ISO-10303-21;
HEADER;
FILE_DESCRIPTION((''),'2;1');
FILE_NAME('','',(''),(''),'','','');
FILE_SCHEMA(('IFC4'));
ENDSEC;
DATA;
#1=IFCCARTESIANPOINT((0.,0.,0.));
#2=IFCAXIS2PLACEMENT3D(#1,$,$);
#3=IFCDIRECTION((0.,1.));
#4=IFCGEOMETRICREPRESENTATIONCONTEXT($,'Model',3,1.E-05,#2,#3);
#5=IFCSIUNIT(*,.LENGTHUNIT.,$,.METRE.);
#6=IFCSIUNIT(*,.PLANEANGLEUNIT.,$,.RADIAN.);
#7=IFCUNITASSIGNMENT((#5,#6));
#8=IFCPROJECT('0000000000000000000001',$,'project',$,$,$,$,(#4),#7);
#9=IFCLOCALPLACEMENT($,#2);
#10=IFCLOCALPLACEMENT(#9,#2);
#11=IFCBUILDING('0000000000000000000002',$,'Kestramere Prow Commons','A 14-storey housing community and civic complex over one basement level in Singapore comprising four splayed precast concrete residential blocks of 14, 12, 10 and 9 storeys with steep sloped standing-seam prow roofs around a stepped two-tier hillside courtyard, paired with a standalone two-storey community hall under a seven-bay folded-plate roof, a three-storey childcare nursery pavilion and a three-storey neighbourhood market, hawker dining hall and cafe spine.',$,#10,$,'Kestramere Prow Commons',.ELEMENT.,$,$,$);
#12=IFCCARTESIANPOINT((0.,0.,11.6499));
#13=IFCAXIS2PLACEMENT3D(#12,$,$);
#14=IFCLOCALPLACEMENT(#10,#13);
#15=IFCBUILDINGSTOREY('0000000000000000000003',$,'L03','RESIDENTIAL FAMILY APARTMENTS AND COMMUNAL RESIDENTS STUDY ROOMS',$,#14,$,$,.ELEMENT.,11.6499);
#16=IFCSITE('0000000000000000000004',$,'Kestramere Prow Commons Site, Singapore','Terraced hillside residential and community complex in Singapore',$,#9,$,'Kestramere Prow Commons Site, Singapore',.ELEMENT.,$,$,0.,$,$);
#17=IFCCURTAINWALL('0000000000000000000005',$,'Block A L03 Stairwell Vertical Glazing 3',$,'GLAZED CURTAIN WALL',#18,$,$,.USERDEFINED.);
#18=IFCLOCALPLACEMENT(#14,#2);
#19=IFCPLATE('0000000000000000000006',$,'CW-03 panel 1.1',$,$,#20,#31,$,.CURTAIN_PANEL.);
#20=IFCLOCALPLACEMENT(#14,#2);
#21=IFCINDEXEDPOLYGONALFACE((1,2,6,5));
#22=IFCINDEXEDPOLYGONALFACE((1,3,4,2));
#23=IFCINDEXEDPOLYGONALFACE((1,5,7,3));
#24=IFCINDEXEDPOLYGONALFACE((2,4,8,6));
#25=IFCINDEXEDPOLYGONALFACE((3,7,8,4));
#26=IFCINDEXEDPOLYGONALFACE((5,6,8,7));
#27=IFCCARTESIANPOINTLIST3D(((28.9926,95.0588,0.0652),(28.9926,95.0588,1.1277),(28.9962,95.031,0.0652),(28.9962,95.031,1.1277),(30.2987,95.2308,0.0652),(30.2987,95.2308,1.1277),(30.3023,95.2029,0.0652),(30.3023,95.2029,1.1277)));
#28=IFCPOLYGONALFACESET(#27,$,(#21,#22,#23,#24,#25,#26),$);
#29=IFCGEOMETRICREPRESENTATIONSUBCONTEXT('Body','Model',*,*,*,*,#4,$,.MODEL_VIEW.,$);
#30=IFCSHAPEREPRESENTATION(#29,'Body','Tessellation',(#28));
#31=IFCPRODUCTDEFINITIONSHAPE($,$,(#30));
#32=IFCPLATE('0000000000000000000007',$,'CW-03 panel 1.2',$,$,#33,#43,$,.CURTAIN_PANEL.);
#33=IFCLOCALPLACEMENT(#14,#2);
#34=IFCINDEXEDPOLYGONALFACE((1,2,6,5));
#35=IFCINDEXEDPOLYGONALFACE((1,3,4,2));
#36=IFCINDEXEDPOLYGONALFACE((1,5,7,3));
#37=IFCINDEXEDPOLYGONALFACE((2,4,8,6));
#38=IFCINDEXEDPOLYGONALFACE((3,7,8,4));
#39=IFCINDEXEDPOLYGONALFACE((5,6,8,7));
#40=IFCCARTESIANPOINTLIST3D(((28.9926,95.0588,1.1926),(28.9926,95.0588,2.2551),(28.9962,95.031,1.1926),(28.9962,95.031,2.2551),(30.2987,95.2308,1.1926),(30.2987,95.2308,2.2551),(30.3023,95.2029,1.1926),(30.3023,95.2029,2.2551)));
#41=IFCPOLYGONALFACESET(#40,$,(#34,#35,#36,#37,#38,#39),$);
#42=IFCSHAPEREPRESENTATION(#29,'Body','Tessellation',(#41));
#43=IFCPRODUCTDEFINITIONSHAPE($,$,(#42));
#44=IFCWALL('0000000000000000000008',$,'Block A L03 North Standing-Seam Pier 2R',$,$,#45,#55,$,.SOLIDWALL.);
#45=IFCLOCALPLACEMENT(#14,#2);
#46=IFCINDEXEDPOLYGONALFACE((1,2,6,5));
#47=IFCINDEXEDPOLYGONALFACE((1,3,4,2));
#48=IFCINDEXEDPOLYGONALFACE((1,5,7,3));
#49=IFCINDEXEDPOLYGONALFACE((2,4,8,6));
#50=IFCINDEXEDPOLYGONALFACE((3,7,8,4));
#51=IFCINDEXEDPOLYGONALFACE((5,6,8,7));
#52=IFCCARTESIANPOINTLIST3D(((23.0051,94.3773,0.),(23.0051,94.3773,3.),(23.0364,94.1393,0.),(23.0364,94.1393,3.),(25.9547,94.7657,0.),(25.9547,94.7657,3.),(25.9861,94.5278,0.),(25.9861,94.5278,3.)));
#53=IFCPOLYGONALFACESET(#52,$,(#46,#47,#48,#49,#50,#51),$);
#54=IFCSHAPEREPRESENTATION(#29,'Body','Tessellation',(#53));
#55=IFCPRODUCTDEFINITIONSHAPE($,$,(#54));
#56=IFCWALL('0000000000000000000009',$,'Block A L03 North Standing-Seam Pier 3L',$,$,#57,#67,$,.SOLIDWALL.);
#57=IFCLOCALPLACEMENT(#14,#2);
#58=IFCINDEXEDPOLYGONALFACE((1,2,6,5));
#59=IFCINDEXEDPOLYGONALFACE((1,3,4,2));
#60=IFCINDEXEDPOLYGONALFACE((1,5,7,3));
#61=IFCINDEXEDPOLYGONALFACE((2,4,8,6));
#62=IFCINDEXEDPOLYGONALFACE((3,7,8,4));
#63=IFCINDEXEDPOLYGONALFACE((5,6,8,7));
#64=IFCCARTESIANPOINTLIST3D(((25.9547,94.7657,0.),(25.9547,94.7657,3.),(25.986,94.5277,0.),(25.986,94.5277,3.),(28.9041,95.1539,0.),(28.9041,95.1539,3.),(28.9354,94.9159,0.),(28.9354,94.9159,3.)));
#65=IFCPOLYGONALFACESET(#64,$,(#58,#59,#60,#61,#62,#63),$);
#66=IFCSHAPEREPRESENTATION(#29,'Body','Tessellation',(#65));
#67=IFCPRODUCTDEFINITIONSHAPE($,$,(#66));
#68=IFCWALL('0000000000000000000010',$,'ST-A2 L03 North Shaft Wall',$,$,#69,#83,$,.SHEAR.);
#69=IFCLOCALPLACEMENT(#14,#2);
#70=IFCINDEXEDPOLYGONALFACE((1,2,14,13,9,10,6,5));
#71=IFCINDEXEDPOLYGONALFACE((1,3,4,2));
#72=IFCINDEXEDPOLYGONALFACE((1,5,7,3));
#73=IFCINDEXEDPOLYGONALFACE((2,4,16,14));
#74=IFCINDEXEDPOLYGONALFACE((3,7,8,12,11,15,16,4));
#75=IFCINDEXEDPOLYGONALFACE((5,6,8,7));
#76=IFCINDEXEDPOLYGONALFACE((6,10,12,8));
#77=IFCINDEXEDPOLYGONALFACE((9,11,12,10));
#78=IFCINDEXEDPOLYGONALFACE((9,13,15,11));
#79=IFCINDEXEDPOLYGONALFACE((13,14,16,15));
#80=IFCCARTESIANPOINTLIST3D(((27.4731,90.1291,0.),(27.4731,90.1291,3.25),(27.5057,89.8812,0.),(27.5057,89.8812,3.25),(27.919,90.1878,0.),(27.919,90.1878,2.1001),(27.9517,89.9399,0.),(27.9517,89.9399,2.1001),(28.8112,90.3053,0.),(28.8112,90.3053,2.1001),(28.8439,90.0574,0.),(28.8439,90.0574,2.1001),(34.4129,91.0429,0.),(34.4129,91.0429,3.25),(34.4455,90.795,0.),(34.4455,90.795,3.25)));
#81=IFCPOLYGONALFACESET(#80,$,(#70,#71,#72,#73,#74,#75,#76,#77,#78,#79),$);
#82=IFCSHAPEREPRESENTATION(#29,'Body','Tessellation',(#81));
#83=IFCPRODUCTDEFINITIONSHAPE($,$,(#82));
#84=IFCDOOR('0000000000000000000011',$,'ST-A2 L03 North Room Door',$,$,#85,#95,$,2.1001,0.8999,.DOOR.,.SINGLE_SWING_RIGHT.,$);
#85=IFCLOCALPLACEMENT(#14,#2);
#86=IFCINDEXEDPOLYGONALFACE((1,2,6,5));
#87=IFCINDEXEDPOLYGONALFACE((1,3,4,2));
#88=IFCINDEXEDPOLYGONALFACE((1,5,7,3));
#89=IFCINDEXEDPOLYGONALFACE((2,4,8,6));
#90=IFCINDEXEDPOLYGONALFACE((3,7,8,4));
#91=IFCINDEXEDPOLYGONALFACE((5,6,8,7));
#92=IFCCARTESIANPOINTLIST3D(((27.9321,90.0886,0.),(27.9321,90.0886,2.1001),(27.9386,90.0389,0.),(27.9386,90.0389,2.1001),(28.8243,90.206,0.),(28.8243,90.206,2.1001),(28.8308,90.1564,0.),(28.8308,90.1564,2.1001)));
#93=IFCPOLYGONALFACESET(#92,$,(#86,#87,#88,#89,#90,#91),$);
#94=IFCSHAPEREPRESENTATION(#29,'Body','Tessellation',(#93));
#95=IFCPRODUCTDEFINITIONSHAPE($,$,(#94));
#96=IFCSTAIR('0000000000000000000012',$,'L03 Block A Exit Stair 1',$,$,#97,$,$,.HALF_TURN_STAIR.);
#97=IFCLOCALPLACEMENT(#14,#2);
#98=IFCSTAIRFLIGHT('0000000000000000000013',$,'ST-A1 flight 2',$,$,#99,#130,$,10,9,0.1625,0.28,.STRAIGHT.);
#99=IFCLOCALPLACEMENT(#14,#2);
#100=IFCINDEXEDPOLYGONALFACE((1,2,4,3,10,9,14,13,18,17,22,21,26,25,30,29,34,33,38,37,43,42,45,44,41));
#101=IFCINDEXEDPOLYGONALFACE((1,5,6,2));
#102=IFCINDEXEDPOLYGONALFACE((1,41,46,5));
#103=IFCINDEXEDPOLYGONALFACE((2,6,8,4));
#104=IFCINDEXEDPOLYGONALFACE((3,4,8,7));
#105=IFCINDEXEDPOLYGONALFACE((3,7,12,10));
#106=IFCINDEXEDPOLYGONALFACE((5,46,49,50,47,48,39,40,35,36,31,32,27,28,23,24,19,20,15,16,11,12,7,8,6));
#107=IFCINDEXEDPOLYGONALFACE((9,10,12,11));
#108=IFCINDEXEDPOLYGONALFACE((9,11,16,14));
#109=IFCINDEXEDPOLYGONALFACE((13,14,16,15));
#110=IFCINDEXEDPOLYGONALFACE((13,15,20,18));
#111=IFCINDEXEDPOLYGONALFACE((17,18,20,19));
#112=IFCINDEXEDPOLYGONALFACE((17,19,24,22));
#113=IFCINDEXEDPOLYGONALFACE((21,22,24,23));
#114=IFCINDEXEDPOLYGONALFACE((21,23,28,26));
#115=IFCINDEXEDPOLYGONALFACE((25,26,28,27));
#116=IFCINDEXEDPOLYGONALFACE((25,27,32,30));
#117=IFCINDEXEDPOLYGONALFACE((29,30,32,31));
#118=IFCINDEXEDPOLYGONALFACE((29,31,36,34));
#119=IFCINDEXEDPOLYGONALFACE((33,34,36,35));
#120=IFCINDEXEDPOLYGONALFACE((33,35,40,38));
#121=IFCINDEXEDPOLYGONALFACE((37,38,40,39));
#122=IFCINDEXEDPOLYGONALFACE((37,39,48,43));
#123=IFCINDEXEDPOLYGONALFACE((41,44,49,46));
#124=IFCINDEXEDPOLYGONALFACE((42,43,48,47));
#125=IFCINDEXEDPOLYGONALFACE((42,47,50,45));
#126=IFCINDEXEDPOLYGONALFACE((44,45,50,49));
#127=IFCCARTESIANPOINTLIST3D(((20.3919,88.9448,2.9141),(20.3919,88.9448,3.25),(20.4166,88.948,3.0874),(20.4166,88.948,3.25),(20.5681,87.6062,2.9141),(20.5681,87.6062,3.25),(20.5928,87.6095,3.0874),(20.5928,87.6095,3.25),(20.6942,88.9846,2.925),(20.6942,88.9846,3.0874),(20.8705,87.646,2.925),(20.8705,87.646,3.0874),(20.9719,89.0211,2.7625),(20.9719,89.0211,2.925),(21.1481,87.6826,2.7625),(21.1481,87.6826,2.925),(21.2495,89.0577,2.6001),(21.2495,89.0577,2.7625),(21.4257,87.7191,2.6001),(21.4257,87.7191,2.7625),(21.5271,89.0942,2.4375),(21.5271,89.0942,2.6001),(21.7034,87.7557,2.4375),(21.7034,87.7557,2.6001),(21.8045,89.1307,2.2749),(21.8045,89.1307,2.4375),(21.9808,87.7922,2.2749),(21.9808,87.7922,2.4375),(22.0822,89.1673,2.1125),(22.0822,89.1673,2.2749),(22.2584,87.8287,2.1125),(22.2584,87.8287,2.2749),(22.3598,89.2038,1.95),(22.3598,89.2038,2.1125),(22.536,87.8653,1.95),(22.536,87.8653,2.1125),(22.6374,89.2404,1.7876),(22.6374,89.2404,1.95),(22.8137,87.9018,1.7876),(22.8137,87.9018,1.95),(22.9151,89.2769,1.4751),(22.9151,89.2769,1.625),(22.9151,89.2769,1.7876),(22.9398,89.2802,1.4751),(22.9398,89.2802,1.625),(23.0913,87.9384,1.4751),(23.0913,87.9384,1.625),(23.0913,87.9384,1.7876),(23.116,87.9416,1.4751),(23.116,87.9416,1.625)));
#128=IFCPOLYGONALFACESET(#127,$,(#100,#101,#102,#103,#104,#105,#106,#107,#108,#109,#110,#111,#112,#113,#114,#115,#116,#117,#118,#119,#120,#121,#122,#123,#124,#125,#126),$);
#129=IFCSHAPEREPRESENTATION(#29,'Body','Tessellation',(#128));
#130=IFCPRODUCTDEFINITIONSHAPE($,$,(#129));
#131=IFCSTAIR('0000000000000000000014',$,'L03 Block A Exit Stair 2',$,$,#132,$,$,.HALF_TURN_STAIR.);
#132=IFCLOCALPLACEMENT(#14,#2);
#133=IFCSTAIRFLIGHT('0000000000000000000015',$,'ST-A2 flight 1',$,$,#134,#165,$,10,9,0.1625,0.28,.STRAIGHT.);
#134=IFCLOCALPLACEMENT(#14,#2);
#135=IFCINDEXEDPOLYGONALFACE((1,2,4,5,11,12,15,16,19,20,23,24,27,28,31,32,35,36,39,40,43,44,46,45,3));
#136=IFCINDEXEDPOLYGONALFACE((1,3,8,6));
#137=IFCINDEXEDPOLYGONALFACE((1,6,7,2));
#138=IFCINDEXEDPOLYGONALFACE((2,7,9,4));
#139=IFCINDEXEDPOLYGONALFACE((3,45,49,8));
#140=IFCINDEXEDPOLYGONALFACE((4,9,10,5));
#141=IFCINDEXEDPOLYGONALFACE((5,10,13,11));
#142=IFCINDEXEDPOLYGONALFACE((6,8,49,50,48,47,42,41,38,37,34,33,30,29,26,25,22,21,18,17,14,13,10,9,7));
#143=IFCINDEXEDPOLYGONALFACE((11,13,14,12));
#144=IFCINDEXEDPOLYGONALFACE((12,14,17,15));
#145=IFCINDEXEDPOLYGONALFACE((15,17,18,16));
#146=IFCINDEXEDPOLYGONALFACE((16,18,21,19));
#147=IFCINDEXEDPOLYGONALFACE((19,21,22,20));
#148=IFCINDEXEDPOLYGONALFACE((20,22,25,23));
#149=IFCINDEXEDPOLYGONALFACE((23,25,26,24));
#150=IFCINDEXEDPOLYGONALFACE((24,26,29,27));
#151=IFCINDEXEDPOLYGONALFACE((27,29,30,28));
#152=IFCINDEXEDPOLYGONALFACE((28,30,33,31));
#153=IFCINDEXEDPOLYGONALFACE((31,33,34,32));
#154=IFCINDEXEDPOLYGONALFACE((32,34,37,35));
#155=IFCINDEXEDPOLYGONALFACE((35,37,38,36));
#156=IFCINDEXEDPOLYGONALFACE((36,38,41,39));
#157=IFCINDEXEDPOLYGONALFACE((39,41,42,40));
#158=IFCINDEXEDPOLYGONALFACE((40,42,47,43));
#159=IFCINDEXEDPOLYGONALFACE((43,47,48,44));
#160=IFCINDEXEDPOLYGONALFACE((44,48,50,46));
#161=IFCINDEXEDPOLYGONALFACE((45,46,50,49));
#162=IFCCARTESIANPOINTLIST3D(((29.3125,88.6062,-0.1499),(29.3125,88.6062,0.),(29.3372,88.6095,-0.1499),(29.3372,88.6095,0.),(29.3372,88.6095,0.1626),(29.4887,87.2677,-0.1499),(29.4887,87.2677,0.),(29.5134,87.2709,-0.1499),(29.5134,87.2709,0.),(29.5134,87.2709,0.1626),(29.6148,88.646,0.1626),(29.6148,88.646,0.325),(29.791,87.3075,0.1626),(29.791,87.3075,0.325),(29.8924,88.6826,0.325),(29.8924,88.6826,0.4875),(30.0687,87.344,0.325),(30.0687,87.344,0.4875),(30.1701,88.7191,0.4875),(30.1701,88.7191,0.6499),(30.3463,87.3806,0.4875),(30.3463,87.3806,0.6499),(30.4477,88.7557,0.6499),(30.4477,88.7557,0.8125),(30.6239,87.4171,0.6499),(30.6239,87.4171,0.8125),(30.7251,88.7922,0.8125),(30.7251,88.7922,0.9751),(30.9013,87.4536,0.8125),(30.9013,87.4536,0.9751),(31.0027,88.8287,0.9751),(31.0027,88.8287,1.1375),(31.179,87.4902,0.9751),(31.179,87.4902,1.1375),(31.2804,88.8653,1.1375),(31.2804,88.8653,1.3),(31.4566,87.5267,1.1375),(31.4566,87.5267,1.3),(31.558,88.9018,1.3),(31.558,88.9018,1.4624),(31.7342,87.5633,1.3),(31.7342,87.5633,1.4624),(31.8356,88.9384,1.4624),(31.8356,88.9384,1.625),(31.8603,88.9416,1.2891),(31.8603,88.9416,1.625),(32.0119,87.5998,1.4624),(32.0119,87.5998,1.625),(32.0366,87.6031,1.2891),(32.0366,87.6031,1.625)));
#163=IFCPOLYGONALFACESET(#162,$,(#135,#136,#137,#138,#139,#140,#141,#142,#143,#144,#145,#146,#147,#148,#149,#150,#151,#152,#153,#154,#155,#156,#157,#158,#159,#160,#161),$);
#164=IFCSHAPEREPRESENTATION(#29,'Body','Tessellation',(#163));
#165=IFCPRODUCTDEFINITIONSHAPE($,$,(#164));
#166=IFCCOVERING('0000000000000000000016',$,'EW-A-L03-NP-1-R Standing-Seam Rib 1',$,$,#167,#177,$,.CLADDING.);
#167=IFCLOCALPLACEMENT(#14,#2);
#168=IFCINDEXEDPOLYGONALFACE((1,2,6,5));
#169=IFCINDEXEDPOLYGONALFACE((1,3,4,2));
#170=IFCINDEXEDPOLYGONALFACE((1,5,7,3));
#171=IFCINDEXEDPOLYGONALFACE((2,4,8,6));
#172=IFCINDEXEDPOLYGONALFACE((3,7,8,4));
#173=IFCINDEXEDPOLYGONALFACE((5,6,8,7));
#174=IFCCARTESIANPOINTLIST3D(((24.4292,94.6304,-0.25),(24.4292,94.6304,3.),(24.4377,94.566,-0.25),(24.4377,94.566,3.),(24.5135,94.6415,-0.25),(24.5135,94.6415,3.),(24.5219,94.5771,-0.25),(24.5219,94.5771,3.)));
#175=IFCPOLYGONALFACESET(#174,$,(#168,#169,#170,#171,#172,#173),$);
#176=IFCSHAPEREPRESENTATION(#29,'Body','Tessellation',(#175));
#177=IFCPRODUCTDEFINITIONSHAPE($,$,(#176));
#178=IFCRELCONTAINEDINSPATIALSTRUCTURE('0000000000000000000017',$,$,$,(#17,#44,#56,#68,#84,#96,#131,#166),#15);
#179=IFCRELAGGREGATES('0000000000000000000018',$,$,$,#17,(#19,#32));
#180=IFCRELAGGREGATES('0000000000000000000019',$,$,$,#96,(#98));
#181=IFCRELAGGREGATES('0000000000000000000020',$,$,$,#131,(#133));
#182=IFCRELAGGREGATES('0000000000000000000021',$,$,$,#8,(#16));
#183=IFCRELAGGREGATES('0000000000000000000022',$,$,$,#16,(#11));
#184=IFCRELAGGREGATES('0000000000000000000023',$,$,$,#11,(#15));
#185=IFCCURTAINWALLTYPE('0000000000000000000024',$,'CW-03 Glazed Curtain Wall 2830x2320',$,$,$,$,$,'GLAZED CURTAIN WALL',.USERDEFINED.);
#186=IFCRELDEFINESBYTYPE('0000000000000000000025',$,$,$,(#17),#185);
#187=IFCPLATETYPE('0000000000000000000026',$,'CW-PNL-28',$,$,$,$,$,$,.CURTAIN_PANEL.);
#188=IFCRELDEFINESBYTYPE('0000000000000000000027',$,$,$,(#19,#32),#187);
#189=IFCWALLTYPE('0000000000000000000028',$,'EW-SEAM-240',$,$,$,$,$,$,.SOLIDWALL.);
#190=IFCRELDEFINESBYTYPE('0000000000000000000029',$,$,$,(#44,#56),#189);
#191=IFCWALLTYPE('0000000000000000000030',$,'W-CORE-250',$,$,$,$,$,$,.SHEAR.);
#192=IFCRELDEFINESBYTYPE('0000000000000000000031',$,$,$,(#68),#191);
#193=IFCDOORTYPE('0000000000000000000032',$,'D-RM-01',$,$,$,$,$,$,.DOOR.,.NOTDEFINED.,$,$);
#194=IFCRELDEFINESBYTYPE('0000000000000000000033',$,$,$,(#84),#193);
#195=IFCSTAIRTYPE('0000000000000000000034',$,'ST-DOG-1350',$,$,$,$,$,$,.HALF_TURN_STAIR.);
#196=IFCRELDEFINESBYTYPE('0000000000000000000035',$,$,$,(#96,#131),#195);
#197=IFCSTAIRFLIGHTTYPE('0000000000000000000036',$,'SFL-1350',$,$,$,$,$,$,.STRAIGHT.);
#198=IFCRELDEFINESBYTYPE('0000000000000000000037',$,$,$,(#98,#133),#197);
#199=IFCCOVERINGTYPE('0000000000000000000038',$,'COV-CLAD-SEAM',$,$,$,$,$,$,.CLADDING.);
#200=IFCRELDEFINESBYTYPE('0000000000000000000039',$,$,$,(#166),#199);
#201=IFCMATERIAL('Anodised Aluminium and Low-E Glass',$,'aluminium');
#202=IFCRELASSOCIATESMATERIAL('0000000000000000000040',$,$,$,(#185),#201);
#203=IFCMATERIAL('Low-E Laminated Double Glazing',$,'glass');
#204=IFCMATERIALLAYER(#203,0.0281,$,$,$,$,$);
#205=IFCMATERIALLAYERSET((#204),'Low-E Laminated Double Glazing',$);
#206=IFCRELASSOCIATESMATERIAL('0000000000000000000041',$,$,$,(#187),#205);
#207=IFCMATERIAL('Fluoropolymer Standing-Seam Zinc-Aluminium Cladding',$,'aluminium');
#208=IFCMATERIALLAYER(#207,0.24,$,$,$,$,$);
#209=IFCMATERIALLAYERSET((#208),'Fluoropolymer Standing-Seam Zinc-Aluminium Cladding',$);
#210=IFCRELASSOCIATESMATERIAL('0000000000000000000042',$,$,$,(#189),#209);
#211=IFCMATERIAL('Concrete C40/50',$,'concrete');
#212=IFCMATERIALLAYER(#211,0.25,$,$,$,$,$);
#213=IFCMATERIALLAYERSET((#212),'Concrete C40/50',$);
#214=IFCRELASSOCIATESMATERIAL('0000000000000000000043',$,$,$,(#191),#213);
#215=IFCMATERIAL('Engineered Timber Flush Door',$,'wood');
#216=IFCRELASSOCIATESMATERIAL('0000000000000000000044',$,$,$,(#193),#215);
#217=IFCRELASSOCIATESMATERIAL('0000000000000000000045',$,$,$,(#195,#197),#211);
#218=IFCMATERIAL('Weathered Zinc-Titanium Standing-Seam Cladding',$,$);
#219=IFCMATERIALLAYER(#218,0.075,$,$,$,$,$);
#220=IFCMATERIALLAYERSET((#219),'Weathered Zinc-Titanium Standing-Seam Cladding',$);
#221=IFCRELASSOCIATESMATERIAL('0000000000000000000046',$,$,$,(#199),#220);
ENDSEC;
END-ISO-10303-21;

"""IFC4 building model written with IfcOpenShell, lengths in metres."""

from ifc_helpers import new_model, si_unit, direction, frame, frame_2d, origin, origin_2d, place, context, subcontext, project, spatial, polyline, rectangle, outline, extrude, material, layer, layer_set, type_object, element, fill, aggregate, save


model = new_model("IFC4")

# Units and contexts
model_context = context("Model", 3, precision=1e-05, world=origin(), true_north=direction((0.0, 1.0)))
body_context = subcontext(model_context, "Body", "Model", "MODEL_VIEW")
ifc_project = project(units=[si_unit("LENGTHUNIT", "METRE"), si_unit("PLANEANGLEUNIT", "RADIAN")], contexts=[model_context])

# Site, building, storey
site_placement = place(None, origin())
site = spatial("IfcSite", under=ifc_project, at=site_placement, Name="Kestramere Prow Commons Site, Singapore", Description="Terraced hillside residential and community complex in Singapore", LongName="Kestramere Prow Commons Site, Singapore", CompositionType="ELEMENT", RefElevation=0.0)
building_placement = place(site_placement, origin())
building = spatial("IfcBuilding", under=site, at=building_placement, Name="Kestramere Prow Commons", Description="A 14-storey housing community and civic complex over one basement level in Singapore comprising four splayed precast concrete residential blocks of 14, 12, 10 and 9 storeys with steep sloped standing-seam prow roofs around a stepped two-tier hillside courtyard, paired with a standalone two-storey community hall under a seven-bay folded-plate roof, a three-storey childcare nursery pavilion and a three-storey neighbourhood market, hawker dining hall and cafe spine.", LongName="Kestramere Prow Commons", CompositionType="ELEMENT")
storey_placement = place(building_placement, frame((0.0, 0.0, 11.6499)))
storey = spatial("IfcBuildingStorey", under=building, at=storey_placement, Name="L03", Description="RESIDENTIAL FAMILY APARTMENTS AND COMMUNAL RESIDENTS STUDY ROOMS", CompositionType="ELEMENT", Elevation=11.6499)

# Curtain wall
ifc_material_1 = material(Name="Anodised Aluminium and Low-E Glass", Category="aluminium")
curtain_wall_type = type_object("IfcCurtainWallType", Name="CW-03 Glazed Curtain Wall 2830x2320", ElementType="GLAZED CURTAIN WALL", PredefinedType="USERDEFINED", material=ifc_material_1)
curtain_wall_1_placement = place(storey_placement, origin())
curtain_wall_1 = element("IfcCurtainWall", 1, at=curtain_wall_1_placement, inside=storey, type_object=curtain_wall_type, Name="Block A L03 Stairwell Vertical Glazing 3", ObjectType="GLAZED CURTAIN WALL", PredefinedType="USERDEFINED")

# Plates
ifc_material_2 = material(Name="Low-E Laminated Double Glazing", Category="glass")
ifc_layer_1 = layer(ifc_material_2, 0.0281)
ifc_layer_set_1 = layer_set([ifc_layer_1], Name="Low-E Laminated Double Glazing")
plate_type = type_object("IfcPlateType", Name="CW-PNL-28", PredefinedType="CURTAIN_PANEL", material=ifc_layer_set_1)
plate_1_placement = place(storey_placement, frame((29.6475, 95.1309, 0.0652), z_axis=(0.0, 0.0, 1.0), x_axis=(0.991445, 0.130526, 0.0)))
plate_1 = element("IfcPlate", 2, at=plate_1_placement, type_object=plate_type, Name="CW-03 panel 1.1", PredefinedType="CURTAIN_PANEL", context=body_context, shape_type="SweptSolid", body=[
    extrude(rectangle(XDim=1.3174, YDim=0.0281, at=origin_2d()), origin(), (0.0, 0.0, 1.0), 1.0625),
])
plate_2_placement = place(storey_placement, frame((29.6475, 95.1309, 1.1926), z_axis=(0.0, 0.0, 1.0), x_axis=(0.991445, 0.130526, 0.0)))
plate_2 = element("IfcPlate", 3, at=plate_2_placement, type_object=plate_type, Name="CW-03 panel 1.2", PredefinedType="CURTAIN_PANEL", context=body_context, shape_type="SweptSolid", body=[
    extrude(rectangle(XDim=1.3174, YDim=0.0281, at=origin_2d()), origin(), (0.0, 0.0, 1.0), 1.0625),
])
aggregate(curtain_wall_1, [plate_1, plate_2])

# Walls
ifc_material_3 = material(Name="Fluoropolymer Standing-Seam Zinc-Aluminium Cladding", Category="aluminium")
ifc_layer_2 = layer(ifc_material_3, 0.24)
ifc_layer_set_2 = layer_set([ifc_layer_2], Name="Fluoropolymer Standing-Seam Zinc-Aluminium Cladding")
wall_type_1 = type_object("IfcWallType", Name="EW-SEAM-240", PredefinedType="SOLIDWALL", material=ifc_layer_set_2)
wall_1_placement = place(storey_placement, frame((23.0208, 94.2583, 0.0), z_axis=(0.0, 0.0, 1.0), x_axis=(0.991441, 0.130556, 0.0)))
element("IfcWall", 4, at=wall_1_placement, inside=storey, type_object=wall_type_1, Name="Block A L03 North Standing-Seam Pier 2R", PredefinedType="SOLIDWALL", context=body_context, shape_type="SweptSolid", body=[
    extrude(rectangle(XDim=2.9751, YDim=0.24, at=frame_2d((1.4875, 0.0))), origin(), (0.0, 0.0, 1.0), 3.0),
])
wall_2_placement = place(storey_placement, frame((25.9705, 94.6467, 0.0), z_axis=(0.0, 0.0, 1.0), x_axis=(0.99145, 0.130486, 0.0)))
element("IfcWall", 5, at=wall_2_placement, inside=storey, type_object=wall_type_1, Name="Block A L03 North Standing-Seam Pier 3L", PredefinedType="SOLIDWALL", context=body_context, shape_type="SweptSolid", body=[
    extrude(rectangle(XDim=2.9749, YDim=0.24, at=frame_2d((1.4873, 0.0))), origin(), (0.0, 0.0, 1.0), 3.0),
])

# Wall, opening, door
ifc_material_4 = material(Name="Concrete C40/50", Category="concrete")
ifc_layer_3 = layer(ifc_material_4, 0.25)
ifc_layer_set_3 = layer_set([ifc_layer_3], Name="Concrete C40/50")
wall_type_2 = type_object("IfcWallType", Name="W-CORE-250", PredefinedType="SHEAR", material=ifc_layer_set_3)
wall_3_placement = place(storey_placement, frame((27.4893, 90.0051, 0.0), z_axis=(0.0, 0.0, 1.0), x_axis=(0.991442, 0.130548, 0.0)))
wall_3 = element("IfcWall", 6, at=wall_3_placement, inside=storey, type_object=wall_type_2, Name="ST-A2 L03 North Shaft Wall", PredefinedType="SHEAR", context=body_context, shape_type="SweptSolid", body=[
    extrude(rectangle(XDim=6.9998, YDim=0.25, at=frame_2d((3.5, 0.0))), origin(), (0.0, 0.0, 1.0), 3.25),
])
opening_placement = place(wall_3_placement, frame((0.45, 0.0, 0.0)))
opening = element("IfcOpeningElement", 7, at=opening_placement, cuts=wall_3, PredefinedType="OPENING", context=body_context, shape_type="SweptSolid", body=[
    extrude(rectangle(XDim=0.8999, YDim=2.1001, at=frame_2d((0.45, 1.05))), frame((0.0, 0.1399, 0.0), z_axis=(0.0, -1.0, 0.0), x_axis=(1.0, 0.0, 0.0)), (0.0, 0.0, 1.0), 0.28),
])
ifc_material_5 = material(Name="Engineered Timber Flush Door", Category="wood")
door_type = type_object("IfcDoorType", Name="D-RM-01", OperationType="NOTDEFINED", PredefinedType="DOOR", material=ifc_material_5)
door_placement = place(opening_placement, origin())
door = element("IfcDoor", 8, at=door_placement, inside=storey, type_object=door_type, Name="ST-A2 L03 North Room Door", OperationType="SINGLE_SWING_RIGHT", OverallHeight=2.1001, OverallWidth=0.8999, PredefinedType="DOOR", context=body_context, shape_type="SweptSolid", body=[
    extrude(rectangle(XDim=0.8999, YDim=2.1001, at=frame_2d((0.45, 1.05))), frame((0.0, 0.0249, 0.0), z_axis=(0.0, -1.0, 0.0), x_axis=(1.0, 0.0, 0.0)), (0.0, 0.0, 1.0), 0.05),
])
fill(opening, door)

# Stairs, stair flights
stair_type = type_object("IfcStairType", Name="ST-DOG-1350", PredefinedType="HALF_TURN_STAIR", material=ifc_material_4)
stair_1_placement = place(storey_placement, origin())
stair_1 = element("IfcStair", 9, at=stair_1_placement, inside=storey, type_object=stair_type, Name="L03 Block A Exit Stair 1", PredefinedType="HALF_TURN_STAIR")
stair_flight_type = type_object("IfcStairFlightType", Name="SFL-1350", PredefinedType="STRAIGHT", material=ifc_material_4)
stair_flight_1_placement = place(storey_placement, frame((23.0032, 88.6077, 1.625), z_axis=(0.0, 0.0, 1.0), x_axis=(-0.991445, -0.130526, 0.0)))
stair_flight_1 = element("IfcStairFlight", 10, at=stair_flight_1_placement, type_object=stair_flight_type, Name="ST-A1 flight 2", NumberOfRisers=10, NumberOfTreads=9, PredefinedType="STRAIGHT", RiserHeight=0.1625, TreadLength=0.28, context=body_context, shape_type="SweptSolid", body=[
    extrude(outline(polyline([(-0.0249, 0.0), (0.0, 0.0), (0.0, 0.1626), (0.28, 0.1626), (0.28, 0.325), (0.5601, 0.325), (0.5601, 0.4875), (0.8401, 0.4875), (0.8401, 0.6499), (1.1201, 0.6499), (1.1201, 0.8125), (1.3999, 0.8125), (1.3999, 0.9751), (1.6799, 0.9751), (1.6799, 1.1375), (1.96, 1.1375), (1.96, 1.3), (2.24, 1.3), (2.24, 1.4624), (2.52, 1.4624), (2.52, 1.625), (2.5449, 1.625), (2.5449, 1.2891), (0.0, -0.1499), (-0.0249, -0.1499), (-0.0249, 0.0)])), frame((0.0, 0.675, 0.0), z_axis=(0.0, -1.0, 0.0), x_axis=(1.0, 0.0, 0.0)), (0.0, 0.0, 1.0), 1.3501),
])
aggregate(stair_1, [stair_flight_1])
stair_2_placement = place(storey_placement, origin())
stair_2 = element("IfcStair", 11, at=stair_2_placement, inside=storey, type_object=stair_type, Name="L03 Block A Exit Stair 2", PredefinedType="HALF_TURN_STAIR")
stair_flight_2_placement = place(storey_placement, frame((29.4253, 87.9402, 0.0), z_axis=(0.0, 0.0, 1.0), x_axis=(0.991445, 0.130526, 0.0)))
stair_flight_2 = element("IfcStairFlight", 12, at=stair_flight_2_placement, type_object=stair_flight_type, Name="ST-A2 flight 1", NumberOfRisers=10, NumberOfTreads=9, PredefinedType="STRAIGHT", RiserHeight=0.1625, TreadLength=0.28, context=body_context, shape_type="SweptSolid", body=[
    extrude(outline(polyline([(-0.0249, 0.0), (0.0, 0.0), (0.0, 0.1626), (0.28, 0.1626), (0.28, 0.325), (0.5601, 0.325), (0.5601, 0.4875), (0.8401, 0.4875), (0.8401, 0.6499), (1.1201, 0.6499), (1.1201, 0.8125), (1.3999, 0.8125), (1.3999, 0.9751), (1.6799, 0.9751), (1.6799, 1.1375), (1.96, 1.1375), (1.96, 1.3), (2.24, 1.3), (2.24, 1.4624), (2.52, 1.4624), (2.52, 1.625), (2.5449, 1.625), (2.5449, 1.2891), (0.0, -0.1499), (-0.0249, -0.1499), (-0.0249, 0.0)])), frame((0.0, 0.675, 0.0), z_axis=(0.0, -1.0, 0.0), x_axis=(1.0, 0.0, 0.0)), (0.0, 0.0, 1.0), 1.3501),
])
aggregate(stair_2, [stair_flight_2])

# Covering
ifc_material_6 = material(Name="Weathered Zinc-Titanium Standing-Seam Cladding")
ifc_layer_4 = layer(ifc_material_6, 0.075)
ifc_layer_set_4 = layer_set([ifc_layer_4], Name="Weathered Zinc-Titanium Standing-Seam Cladding")
covering_type = type_object("IfcCoveringType", Name="COV-CLAD-SEAM", PredefinedType="CLADDING", material=ifc_layer_set_4)
for number, where, z_axis, x_axis, name in (
    (13, (24.4756, 94.6038, -0.25), (0.0, 0.0, 1.0), (0.991445, 0.130526, 0.0), "EW-A-L03-NP-1-R Standing-Seam Rib 1"),
):
    element("IfcCovering", number, at=place(storey_placement, frame(where, z_axis=z_axis, x_axis=x_axis)), inside=storey, type_object=covering_type, Name=name, PredefinedType="CLADDING", context=body_context, shape_type="SweptSolid", body=[
        extrude(rectangle(XDim=0.085, YDim=0.0649, at=origin_2d()), origin(), (0.0, 0.0, 1.0), 3.25),
    ])

save(model, "model.ifc")
